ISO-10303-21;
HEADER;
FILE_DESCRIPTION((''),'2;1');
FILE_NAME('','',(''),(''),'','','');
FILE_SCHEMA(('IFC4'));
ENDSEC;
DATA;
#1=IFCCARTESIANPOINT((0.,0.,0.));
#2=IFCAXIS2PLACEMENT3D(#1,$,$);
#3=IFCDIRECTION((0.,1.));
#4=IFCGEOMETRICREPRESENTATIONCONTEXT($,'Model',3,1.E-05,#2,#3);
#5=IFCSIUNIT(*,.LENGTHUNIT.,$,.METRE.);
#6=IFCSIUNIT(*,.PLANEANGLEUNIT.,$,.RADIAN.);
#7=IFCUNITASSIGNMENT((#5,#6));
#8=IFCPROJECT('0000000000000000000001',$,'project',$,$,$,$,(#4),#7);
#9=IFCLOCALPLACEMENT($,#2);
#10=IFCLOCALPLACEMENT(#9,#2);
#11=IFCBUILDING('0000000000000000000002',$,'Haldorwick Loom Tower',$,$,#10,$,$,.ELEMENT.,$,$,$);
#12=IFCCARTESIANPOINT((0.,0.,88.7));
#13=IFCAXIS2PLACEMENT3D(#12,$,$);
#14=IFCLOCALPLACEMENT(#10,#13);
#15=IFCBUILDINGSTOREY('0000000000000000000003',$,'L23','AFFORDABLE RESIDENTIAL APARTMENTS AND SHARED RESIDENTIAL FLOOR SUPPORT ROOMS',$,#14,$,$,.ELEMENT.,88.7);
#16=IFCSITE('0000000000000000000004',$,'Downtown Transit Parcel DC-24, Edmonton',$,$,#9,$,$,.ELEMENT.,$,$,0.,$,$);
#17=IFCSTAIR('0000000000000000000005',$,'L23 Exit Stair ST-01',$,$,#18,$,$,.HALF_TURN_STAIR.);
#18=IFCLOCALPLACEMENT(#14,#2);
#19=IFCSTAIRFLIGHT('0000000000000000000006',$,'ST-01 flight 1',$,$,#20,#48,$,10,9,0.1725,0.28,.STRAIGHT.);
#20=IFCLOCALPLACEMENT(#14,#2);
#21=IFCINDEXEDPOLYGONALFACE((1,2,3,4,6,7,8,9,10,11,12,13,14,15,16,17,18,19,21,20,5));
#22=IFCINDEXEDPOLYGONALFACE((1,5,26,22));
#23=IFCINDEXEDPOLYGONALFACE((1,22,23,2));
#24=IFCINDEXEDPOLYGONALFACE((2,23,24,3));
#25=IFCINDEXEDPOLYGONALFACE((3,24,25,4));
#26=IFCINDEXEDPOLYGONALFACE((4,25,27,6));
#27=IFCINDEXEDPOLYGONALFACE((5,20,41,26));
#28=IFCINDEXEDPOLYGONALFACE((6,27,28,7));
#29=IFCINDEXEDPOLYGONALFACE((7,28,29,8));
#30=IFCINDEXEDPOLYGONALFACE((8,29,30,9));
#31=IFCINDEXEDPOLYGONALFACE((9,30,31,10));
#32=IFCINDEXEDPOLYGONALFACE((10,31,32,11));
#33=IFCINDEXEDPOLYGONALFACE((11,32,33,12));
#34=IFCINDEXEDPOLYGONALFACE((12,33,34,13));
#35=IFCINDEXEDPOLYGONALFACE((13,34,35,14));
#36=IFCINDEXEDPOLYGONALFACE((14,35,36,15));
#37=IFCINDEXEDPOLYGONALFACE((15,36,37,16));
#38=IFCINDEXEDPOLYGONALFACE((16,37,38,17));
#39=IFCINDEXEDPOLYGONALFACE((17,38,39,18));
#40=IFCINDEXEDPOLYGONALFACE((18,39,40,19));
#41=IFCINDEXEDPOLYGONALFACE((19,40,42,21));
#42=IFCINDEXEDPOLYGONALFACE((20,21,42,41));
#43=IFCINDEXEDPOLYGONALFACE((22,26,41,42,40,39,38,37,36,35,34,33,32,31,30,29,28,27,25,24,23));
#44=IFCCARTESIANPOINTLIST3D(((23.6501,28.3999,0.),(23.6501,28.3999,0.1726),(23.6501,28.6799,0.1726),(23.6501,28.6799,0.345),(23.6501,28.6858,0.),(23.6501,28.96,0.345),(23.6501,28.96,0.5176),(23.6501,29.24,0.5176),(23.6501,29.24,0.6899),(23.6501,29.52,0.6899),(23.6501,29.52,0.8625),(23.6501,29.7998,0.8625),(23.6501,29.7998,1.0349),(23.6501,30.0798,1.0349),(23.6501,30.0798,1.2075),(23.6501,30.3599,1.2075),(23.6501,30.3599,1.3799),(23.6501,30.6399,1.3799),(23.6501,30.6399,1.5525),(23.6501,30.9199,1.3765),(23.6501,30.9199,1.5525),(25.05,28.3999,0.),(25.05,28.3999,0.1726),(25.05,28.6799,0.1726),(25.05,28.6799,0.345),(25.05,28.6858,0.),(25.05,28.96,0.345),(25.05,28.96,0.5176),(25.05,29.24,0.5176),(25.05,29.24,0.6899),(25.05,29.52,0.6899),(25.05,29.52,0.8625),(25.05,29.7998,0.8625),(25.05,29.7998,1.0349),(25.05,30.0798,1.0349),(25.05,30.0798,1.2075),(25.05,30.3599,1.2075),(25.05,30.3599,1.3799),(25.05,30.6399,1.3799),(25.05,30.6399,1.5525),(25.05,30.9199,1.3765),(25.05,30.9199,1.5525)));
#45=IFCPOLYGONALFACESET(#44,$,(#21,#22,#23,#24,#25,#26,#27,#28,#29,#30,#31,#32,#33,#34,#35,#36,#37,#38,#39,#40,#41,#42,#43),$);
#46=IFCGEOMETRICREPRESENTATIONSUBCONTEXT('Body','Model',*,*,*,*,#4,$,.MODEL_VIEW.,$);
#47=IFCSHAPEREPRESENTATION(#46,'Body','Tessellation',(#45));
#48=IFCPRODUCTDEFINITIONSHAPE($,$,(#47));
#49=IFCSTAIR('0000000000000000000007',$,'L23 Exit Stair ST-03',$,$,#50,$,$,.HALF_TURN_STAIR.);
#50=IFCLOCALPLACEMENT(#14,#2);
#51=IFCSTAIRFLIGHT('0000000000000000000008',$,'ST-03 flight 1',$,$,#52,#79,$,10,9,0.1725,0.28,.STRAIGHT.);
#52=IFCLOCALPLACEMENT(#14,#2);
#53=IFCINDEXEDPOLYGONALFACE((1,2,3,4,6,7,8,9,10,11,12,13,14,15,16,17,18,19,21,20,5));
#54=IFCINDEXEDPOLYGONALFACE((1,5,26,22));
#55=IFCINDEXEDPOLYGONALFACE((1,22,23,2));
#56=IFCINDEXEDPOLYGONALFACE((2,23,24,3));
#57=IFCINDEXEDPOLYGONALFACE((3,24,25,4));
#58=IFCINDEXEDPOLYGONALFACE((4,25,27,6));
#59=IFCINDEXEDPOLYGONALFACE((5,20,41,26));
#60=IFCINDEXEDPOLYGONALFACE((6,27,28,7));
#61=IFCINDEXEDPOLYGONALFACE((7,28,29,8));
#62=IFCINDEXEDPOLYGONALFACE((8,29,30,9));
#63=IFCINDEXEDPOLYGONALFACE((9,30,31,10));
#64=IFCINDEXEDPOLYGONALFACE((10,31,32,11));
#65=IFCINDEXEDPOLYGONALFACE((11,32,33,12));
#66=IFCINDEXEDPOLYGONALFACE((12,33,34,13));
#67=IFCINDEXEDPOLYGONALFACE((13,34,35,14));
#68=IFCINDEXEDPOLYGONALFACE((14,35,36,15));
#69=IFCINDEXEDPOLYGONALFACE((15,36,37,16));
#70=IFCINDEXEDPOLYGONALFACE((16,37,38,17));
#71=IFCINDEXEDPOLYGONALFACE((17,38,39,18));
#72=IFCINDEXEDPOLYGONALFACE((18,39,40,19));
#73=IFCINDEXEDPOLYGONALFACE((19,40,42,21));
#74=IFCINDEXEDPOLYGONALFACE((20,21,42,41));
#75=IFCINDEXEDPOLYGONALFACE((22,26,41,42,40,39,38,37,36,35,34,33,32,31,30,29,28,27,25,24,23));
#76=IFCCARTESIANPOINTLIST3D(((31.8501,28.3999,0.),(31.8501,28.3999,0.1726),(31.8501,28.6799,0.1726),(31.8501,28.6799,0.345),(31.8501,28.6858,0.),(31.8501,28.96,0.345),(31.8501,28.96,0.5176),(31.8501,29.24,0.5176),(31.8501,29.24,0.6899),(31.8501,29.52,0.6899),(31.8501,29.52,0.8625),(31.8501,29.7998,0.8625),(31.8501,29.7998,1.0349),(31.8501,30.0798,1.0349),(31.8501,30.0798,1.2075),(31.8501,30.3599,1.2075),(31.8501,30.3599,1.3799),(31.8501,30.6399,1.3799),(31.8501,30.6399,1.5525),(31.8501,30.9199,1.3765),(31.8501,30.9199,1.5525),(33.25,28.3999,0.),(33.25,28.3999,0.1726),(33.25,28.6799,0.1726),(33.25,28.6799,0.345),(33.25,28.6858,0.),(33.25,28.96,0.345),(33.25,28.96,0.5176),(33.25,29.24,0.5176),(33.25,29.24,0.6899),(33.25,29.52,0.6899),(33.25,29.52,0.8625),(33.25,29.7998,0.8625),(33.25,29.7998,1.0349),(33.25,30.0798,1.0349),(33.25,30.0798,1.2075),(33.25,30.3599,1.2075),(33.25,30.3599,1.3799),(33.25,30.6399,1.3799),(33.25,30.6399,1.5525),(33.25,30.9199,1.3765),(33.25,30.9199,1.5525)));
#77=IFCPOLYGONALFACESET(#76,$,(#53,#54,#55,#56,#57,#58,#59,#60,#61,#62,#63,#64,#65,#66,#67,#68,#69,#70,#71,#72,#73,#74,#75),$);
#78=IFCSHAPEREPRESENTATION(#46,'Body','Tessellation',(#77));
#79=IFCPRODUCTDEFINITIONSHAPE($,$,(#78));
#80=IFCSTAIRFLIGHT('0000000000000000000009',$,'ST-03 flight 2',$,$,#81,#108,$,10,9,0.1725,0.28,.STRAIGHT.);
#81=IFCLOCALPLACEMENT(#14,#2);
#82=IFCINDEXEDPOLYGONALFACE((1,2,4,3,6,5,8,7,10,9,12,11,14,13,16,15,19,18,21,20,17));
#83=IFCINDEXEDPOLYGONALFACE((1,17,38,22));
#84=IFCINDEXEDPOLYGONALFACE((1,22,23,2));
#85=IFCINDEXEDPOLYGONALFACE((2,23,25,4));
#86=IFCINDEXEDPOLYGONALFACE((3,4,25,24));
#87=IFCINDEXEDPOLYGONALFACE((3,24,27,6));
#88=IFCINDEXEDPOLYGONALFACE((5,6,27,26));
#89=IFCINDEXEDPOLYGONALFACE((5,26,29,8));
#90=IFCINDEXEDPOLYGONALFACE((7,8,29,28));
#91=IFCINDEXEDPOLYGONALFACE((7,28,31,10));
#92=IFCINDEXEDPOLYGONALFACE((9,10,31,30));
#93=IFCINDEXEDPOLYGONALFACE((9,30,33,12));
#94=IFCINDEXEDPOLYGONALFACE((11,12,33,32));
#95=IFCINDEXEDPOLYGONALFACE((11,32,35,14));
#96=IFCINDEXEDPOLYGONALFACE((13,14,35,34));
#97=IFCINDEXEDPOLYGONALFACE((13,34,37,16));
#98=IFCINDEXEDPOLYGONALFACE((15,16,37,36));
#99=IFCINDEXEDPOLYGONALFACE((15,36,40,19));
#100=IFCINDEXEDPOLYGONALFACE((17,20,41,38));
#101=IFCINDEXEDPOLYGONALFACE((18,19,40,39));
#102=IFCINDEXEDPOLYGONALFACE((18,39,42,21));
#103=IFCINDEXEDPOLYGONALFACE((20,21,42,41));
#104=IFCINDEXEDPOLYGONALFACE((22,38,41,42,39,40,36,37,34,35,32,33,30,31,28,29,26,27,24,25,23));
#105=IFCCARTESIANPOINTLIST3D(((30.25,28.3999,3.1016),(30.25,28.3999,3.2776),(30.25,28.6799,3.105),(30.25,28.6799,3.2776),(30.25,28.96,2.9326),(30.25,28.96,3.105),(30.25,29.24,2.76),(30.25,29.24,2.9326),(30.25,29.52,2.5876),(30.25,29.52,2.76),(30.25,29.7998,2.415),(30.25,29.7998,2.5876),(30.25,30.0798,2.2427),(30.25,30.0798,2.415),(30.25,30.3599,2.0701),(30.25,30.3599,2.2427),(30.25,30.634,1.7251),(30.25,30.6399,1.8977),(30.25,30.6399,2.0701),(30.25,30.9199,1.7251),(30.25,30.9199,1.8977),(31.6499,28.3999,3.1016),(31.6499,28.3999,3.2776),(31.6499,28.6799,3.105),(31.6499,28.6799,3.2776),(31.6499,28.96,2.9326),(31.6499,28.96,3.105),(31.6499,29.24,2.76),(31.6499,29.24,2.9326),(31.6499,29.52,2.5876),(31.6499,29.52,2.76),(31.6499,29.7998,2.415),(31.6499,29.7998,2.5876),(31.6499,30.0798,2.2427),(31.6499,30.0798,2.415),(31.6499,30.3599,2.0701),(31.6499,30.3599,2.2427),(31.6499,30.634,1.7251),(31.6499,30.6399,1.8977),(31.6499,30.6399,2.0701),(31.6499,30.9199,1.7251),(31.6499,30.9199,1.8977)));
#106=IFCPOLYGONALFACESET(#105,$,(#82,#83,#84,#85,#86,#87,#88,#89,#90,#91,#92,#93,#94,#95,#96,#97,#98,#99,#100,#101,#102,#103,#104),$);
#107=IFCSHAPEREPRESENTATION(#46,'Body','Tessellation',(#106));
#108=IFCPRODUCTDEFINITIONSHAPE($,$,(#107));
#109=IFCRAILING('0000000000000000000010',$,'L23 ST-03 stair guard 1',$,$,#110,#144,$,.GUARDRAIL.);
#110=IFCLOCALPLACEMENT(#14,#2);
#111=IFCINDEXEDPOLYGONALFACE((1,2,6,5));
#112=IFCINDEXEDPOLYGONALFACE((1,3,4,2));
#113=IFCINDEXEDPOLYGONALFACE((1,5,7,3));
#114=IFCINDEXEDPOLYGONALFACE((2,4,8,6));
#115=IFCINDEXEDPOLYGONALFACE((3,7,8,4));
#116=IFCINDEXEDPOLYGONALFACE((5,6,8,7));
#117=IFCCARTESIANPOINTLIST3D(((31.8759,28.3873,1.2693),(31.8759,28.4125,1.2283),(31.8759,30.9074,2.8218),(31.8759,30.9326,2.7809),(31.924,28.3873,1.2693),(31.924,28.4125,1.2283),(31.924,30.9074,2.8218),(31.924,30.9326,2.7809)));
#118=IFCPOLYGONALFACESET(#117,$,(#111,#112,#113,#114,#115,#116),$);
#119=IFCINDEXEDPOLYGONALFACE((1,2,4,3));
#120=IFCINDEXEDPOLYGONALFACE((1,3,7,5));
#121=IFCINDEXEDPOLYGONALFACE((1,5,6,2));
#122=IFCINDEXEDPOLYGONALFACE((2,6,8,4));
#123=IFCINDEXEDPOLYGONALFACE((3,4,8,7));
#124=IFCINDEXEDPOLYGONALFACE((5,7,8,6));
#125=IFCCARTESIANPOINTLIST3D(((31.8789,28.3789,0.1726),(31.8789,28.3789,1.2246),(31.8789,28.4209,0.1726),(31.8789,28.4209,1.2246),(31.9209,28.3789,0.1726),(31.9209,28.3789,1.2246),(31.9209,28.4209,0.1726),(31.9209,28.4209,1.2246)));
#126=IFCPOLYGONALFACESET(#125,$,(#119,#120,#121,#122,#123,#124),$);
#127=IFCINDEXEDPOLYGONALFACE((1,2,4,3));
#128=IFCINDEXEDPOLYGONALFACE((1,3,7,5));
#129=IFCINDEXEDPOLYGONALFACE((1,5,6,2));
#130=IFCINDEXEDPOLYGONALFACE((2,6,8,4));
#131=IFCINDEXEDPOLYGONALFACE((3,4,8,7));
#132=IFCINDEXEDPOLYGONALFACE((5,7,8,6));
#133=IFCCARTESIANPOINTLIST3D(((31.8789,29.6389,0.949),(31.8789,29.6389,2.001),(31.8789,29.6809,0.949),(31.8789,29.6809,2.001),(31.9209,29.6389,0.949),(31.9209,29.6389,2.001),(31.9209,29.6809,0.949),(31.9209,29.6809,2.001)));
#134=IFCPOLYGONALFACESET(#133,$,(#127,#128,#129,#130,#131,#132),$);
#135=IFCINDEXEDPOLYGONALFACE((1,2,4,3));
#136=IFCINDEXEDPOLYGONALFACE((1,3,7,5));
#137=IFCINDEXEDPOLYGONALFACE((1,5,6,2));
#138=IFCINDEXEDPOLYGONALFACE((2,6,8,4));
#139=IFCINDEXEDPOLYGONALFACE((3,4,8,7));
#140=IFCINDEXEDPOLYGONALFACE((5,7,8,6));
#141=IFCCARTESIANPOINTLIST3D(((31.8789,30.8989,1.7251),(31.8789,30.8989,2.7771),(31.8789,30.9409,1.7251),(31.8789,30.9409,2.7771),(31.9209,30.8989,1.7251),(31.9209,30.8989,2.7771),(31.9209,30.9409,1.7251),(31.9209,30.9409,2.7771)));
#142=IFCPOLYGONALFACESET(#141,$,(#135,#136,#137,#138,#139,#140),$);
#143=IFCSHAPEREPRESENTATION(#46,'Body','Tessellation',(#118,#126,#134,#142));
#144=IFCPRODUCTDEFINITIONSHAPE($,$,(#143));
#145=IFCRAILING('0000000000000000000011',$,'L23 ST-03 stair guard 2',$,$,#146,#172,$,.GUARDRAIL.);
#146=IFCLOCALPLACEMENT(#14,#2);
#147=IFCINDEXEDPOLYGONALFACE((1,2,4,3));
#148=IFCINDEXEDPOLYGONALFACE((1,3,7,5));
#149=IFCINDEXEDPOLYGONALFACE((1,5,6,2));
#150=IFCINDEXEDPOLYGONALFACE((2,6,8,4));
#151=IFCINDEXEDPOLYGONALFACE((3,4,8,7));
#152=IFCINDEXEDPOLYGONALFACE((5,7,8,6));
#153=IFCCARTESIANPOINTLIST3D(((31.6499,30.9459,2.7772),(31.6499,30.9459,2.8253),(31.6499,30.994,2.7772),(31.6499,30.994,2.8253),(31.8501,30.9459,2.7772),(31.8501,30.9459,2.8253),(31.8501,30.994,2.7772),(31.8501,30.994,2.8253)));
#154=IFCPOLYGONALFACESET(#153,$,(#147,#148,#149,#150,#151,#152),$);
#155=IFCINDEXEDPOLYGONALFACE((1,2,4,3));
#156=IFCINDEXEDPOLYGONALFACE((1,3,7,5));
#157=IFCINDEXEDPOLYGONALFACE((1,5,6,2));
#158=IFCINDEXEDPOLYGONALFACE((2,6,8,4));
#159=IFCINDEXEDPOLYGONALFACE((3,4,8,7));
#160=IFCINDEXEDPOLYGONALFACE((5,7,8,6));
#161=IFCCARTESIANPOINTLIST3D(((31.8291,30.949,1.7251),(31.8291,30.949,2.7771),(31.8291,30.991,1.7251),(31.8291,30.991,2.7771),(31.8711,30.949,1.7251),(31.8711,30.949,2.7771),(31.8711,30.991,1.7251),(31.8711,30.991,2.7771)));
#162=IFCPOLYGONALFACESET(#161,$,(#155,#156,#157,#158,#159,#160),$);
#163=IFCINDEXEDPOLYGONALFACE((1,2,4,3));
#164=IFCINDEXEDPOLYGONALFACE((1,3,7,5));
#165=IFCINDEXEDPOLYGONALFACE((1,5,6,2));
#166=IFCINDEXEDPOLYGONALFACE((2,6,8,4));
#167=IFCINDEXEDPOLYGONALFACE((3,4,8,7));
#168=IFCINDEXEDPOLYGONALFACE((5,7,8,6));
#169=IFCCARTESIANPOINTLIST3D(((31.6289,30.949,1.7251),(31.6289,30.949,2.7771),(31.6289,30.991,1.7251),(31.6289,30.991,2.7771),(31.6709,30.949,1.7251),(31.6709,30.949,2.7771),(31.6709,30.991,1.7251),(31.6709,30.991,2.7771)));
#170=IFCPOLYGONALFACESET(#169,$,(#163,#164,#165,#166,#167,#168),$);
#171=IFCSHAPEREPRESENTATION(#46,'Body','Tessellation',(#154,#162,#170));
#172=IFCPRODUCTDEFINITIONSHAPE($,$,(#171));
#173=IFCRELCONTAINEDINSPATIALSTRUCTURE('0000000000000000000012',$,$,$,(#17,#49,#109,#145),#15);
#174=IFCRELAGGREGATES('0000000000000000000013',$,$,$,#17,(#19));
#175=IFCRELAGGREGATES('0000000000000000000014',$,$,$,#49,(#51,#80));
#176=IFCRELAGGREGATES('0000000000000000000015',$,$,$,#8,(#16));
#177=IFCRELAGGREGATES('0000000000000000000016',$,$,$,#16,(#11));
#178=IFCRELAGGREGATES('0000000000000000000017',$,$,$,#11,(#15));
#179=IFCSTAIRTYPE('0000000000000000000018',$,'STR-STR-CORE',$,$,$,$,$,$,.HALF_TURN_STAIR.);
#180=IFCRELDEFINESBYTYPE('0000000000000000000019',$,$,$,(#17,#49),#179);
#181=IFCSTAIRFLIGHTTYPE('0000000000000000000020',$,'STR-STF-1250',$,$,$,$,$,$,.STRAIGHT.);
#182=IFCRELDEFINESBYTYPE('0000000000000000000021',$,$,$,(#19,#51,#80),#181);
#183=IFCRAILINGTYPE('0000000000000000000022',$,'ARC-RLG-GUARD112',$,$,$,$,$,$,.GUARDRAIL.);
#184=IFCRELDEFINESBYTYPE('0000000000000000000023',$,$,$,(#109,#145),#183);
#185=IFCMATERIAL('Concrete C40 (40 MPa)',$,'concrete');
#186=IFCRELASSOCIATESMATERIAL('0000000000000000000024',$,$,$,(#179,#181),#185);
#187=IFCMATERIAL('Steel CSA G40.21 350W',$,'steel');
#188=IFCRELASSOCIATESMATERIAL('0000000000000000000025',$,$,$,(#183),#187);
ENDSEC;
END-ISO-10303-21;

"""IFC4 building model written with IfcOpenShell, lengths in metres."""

from ifc_helpers import new_model, si_unit, direction, frame, origin, origin_2d, place, context, subcontext, project, spatial, polyline, rectangle, outline, extrude, material, type_object, element, aggregate, save


model = new_model("IFC4")

# Units and contexts
model_context = context("Model", 3, precision=1e-05, world=origin(), true_north=direction((0.0, 1.0)))
body_context = subcontext(model_context, "Body", "Model", "MODEL_VIEW")
ifc_project = project(units=[si_unit("LENGTHUNIT", "METRE"), si_unit("PLANEANGLEUNIT", "RADIAN")], contexts=[model_context])

# Site, building, storey
site_placement = place(None, origin())
site = spatial("IfcSite", under=ifc_project, at=site_placement, Name="Downtown Transit Parcel DC-24, Edmonton", CompositionType="ELEMENT", RefElevation=0.0)
building_placement = place(site_placement, origin())
building = spatial("IfcBuilding", under=site, at=building_placement, Name="Haldorwick Loom Tower", CompositionType="ELEMENT")
storey_placement = place(building_placement, frame((0.0, 0.0, 88.7)))
storey = spatial("IfcBuildingStorey", under=building, at=storey_placement, Name="L23", Description="AFFORDABLE RESIDENTIAL APARTMENTS AND SHARED RESIDENTIAL FLOOR SUPPORT ROOMS", CompositionType="ELEMENT", Elevation=88.7)

# Shared definitions
ifc_material_1 = material(Name="Steel CSA G40.21 350W", Category="steel")

# Stair, stair flight
ifc_material_2 = material(Name="Concrete C40 (40 MPa)", Category="concrete")
stair_type = type_object("IfcStairType", Name="STR-STR-CORE", PredefinedType="HALF_TURN_STAIR", material=ifc_material_2)
stair_1_placement = place(storey_placement, origin())
stair_1 = element("IfcStair", 1, at=stair_1_placement, inside=storey, type_object=stair_type, Name="L23 Exit Stair ST-01", PredefinedType="HALF_TURN_STAIR")
stair_flight_type = type_object("IfcStairFlightType", Name="STR-STF-1250", PredefinedType="STRAIGHT", material=ifc_material_2)
stair_flight_1_placement = place(storey_placement, frame((24.3501, 28.3999, 0.0), z_axis=(0.0, 0.0, 1.0), x_axis=(0.0, 1.0, 0.0)))
stair_flight_1 = element("IfcStairFlight", 2, at=stair_flight_1_placement, type_object=stair_flight_type, Name="ST-01 flight 1", NumberOfRisers=10, NumberOfTreads=9, PredefinedType="STRAIGHT", RiserHeight=0.1725, TreadLength=0.28, context=body_context, shape_type="SweptSolid", body=[
    extrude(outline(polyline([(0.0, 0.0), (0.0, 0.1726), (0.28, 0.1726), (0.28, 0.345), (0.5601, 0.345), (0.5601, 0.5176), (0.8401, 0.5176), (0.8401, 0.6899), (1.1201, 0.6899), (1.1201, 0.8625), (1.3999, 0.8625), (1.3999, 1.0349), (1.6799, 1.0349), (1.6799, 1.2075), (1.96, 1.2075), (1.96, 1.3799), (2.24, 1.3799), (2.24, 1.5525), (2.52, 1.5525), (2.52, 1.7251), (2.52, 1.3765), (0.2859, 0.0), (0.0, 0.0)])), frame((0.0, 0.7, 0.0), z_axis=(0.0, -1.0, 0.0), x_axis=(1.0, 0.0, 0.0)), (0.0, 0.0, 1.0), 1.3999),
])
aggregate(stair_1, [stair_flight_1])

# Stair, stair flights
stair_2_placement = place(storey_placement, origin())
stair_2 = element("IfcStair", 3, at=stair_2_placement, inside=storey, type_object=stair_type, Name="L23 Exit Stair ST-03", PredefinedType="HALF_TURN_STAIR")
stair_flight_2_placement = place(storey_placement, frame((32.55, 28.3999, 0.0), z_axis=(0.0, 0.0, 1.0), x_axis=(0.0, 1.0, 0.0)))
stair_flight_2 = element("IfcStairFlight", 4, at=stair_flight_2_placement, type_object=stair_flight_type, Name="ST-03 flight 1", NumberOfRisers=10, NumberOfTreads=9, PredefinedType="STRAIGHT", RiserHeight=0.1725, TreadLength=0.28, context=body_context, shape_type="SweptSolid", body=[
    extrude(outline(polyline([(0.0, 0.0), (0.0, 0.1726), (0.28, 0.1726), (0.28, 0.345), (0.5601, 0.345), (0.5601, 0.5176), (0.8401, 0.5176), (0.8401, 0.6899), (1.1201, 0.6899), (1.1201, 0.8625), (1.3999, 0.8625), (1.3999, 1.0349), (1.6799, 1.0349), (1.6799, 1.2075), (1.96, 1.2075), (1.96, 1.3799), (2.24, 1.3799), (2.24, 1.5525), (2.52, 1.5525), (2.52, 1.7251), (2.52, 1.3765), (0.2859, 0.0), (0.0, 0.0)])), frame((0.0, 0.7, 0.0), z_axis=(0.0, -1.0, 0.0), x_axis=(1.0, 0.0, 0.0)), (0.0, 0.0, 1.0), 1.3999),
])
stair_flight_3_placement = place(storey_placement, frame((30.95, 30.9199, 1.7251), z_axis=(0.0, 0.0, 1.0), x_axis=(0.0, -1.0, 0.0)))
stair_flight_3 = element("IfcStairFlight", 5, at=stair_flight_3_placement, type_object=stair_flight_type, Name="ST-03 flight 2", NumberOfRisers=10, NumberOfTreads=9, PredefinedType="STRAIGHT", RiserHeight=0.1725, TreadLength=0.28, context=body_context, shape_type="SweptSolid", body=[
    extrude(outline(polyline([(0.0, 0.0), (0.0, 0.1726), (0.28, 0.1726), (0.28, 0.345), (0.5601, 0.345), (0.5601, 0.5176), (0.8401, 0.5176), (0.8401, 0.6899), (1.1201, 0.6899), (1.1201, 0.8625), (1.3999, 0.8625), (1.3999, 1.0349), (1.6799, 1.0349), (1.6799, 1.2075), (1.96, 1.2075), (1.96, 1.3799), (2.24, 1.3799), (2.24, 1.5525), (2.52, 1.5525), (2.52, 1.7251), (2.52, 1.3765), (0.2859, 0.0), (0.0, 0.0)])), frame((0.0, 0.7, 0.0), z_axis=(0.0, -1.0, 0.0), x_axis=(1.0, 0.0, 0.0)), (0.0, 0.0, 1.0), 1.3999),
])
aggregate(stair_2, [stair_flight_2, stair_flight_3])

# Railings
railing_type_1 = type_object("IfcRailingType", Name="ARC-RLG-GUARD112", PredefinedType="GUARDRAIL", material=ifc_material_1)
railing_1_placement = place(storey_placement, frame((31.8999, 28.3999, 0.1726)))
element("IfcRailing", 6, at=railing_1_placement, inside=storey, type_object=railing_type_1, Name="L23 ST-03 stair guard 1", PredefinedType="GUARDRAIL", context=body_context, shape_type="SweptSolid", body=[
    extrude(rectangle(XDim=0.0481, YDim=0.0481, at=origin_2d()), frame((0.0, 0.0, 1.0762), z_axis=(0.0, 0.8514, 0.524516), x_axis=(-1.0, 0.0, 0.0)), (0.0, 0.0, 1.0), 2.96),
    extrude(rectangle(XDim=0.042, YDim=0.042, at=origin_2d()), origin(), (0.0, 0.0, 1.0), 1.052),
    extrude(rectangle(XDim=0.042, YDim=0.042, at=origin_2d()), frame((0.0, 1.26, 0.7764)), (0.0, 0.0, 1.0), 1.052),
    extrude(rectangle(XDim=0.042, YDim=0.042, at=origin_2d()), frame((0.0, 2.52, 1.5525)), (0.0, 0.0, 1.0), 1.052),
])
railing_2_placement = place(storey_placement, frame((31.8501, 30.97, 1.7251)))
element("IfcRailing", 7, at=railing_2_placement, inside=storey, type_object=railing_type_1, Name="L23 ST-03 stair guard 2", PredefinedType="GUARDRAIL", context=body_context, shape_type="SweptSolid", body=[
    extrude(rectangle(XDim=0.0481, YDim=0.0481, at=origin_2d()), frame((0.0, 0.0, 1.0762), z_axis=(-1.0, 0.0, 0.0), x_axis=(0.0, -1.0, 0.0)), (0.0, 0.0, 1.0), 0.2002),
    extrude(rectangle(XDim=0.042, YDim=0.042, at=origin_2d()), origin(), (0.0, 0.0, 1.0), 1.052),
    extrude(rectangle(XDim=0.042, YDim=0.042, at=origin_2d()), frame((-0.2002, 0.0, 0.0)), (0.0, 0.0, 1.0), 1.052),
])

save(model, "model.ifc")
